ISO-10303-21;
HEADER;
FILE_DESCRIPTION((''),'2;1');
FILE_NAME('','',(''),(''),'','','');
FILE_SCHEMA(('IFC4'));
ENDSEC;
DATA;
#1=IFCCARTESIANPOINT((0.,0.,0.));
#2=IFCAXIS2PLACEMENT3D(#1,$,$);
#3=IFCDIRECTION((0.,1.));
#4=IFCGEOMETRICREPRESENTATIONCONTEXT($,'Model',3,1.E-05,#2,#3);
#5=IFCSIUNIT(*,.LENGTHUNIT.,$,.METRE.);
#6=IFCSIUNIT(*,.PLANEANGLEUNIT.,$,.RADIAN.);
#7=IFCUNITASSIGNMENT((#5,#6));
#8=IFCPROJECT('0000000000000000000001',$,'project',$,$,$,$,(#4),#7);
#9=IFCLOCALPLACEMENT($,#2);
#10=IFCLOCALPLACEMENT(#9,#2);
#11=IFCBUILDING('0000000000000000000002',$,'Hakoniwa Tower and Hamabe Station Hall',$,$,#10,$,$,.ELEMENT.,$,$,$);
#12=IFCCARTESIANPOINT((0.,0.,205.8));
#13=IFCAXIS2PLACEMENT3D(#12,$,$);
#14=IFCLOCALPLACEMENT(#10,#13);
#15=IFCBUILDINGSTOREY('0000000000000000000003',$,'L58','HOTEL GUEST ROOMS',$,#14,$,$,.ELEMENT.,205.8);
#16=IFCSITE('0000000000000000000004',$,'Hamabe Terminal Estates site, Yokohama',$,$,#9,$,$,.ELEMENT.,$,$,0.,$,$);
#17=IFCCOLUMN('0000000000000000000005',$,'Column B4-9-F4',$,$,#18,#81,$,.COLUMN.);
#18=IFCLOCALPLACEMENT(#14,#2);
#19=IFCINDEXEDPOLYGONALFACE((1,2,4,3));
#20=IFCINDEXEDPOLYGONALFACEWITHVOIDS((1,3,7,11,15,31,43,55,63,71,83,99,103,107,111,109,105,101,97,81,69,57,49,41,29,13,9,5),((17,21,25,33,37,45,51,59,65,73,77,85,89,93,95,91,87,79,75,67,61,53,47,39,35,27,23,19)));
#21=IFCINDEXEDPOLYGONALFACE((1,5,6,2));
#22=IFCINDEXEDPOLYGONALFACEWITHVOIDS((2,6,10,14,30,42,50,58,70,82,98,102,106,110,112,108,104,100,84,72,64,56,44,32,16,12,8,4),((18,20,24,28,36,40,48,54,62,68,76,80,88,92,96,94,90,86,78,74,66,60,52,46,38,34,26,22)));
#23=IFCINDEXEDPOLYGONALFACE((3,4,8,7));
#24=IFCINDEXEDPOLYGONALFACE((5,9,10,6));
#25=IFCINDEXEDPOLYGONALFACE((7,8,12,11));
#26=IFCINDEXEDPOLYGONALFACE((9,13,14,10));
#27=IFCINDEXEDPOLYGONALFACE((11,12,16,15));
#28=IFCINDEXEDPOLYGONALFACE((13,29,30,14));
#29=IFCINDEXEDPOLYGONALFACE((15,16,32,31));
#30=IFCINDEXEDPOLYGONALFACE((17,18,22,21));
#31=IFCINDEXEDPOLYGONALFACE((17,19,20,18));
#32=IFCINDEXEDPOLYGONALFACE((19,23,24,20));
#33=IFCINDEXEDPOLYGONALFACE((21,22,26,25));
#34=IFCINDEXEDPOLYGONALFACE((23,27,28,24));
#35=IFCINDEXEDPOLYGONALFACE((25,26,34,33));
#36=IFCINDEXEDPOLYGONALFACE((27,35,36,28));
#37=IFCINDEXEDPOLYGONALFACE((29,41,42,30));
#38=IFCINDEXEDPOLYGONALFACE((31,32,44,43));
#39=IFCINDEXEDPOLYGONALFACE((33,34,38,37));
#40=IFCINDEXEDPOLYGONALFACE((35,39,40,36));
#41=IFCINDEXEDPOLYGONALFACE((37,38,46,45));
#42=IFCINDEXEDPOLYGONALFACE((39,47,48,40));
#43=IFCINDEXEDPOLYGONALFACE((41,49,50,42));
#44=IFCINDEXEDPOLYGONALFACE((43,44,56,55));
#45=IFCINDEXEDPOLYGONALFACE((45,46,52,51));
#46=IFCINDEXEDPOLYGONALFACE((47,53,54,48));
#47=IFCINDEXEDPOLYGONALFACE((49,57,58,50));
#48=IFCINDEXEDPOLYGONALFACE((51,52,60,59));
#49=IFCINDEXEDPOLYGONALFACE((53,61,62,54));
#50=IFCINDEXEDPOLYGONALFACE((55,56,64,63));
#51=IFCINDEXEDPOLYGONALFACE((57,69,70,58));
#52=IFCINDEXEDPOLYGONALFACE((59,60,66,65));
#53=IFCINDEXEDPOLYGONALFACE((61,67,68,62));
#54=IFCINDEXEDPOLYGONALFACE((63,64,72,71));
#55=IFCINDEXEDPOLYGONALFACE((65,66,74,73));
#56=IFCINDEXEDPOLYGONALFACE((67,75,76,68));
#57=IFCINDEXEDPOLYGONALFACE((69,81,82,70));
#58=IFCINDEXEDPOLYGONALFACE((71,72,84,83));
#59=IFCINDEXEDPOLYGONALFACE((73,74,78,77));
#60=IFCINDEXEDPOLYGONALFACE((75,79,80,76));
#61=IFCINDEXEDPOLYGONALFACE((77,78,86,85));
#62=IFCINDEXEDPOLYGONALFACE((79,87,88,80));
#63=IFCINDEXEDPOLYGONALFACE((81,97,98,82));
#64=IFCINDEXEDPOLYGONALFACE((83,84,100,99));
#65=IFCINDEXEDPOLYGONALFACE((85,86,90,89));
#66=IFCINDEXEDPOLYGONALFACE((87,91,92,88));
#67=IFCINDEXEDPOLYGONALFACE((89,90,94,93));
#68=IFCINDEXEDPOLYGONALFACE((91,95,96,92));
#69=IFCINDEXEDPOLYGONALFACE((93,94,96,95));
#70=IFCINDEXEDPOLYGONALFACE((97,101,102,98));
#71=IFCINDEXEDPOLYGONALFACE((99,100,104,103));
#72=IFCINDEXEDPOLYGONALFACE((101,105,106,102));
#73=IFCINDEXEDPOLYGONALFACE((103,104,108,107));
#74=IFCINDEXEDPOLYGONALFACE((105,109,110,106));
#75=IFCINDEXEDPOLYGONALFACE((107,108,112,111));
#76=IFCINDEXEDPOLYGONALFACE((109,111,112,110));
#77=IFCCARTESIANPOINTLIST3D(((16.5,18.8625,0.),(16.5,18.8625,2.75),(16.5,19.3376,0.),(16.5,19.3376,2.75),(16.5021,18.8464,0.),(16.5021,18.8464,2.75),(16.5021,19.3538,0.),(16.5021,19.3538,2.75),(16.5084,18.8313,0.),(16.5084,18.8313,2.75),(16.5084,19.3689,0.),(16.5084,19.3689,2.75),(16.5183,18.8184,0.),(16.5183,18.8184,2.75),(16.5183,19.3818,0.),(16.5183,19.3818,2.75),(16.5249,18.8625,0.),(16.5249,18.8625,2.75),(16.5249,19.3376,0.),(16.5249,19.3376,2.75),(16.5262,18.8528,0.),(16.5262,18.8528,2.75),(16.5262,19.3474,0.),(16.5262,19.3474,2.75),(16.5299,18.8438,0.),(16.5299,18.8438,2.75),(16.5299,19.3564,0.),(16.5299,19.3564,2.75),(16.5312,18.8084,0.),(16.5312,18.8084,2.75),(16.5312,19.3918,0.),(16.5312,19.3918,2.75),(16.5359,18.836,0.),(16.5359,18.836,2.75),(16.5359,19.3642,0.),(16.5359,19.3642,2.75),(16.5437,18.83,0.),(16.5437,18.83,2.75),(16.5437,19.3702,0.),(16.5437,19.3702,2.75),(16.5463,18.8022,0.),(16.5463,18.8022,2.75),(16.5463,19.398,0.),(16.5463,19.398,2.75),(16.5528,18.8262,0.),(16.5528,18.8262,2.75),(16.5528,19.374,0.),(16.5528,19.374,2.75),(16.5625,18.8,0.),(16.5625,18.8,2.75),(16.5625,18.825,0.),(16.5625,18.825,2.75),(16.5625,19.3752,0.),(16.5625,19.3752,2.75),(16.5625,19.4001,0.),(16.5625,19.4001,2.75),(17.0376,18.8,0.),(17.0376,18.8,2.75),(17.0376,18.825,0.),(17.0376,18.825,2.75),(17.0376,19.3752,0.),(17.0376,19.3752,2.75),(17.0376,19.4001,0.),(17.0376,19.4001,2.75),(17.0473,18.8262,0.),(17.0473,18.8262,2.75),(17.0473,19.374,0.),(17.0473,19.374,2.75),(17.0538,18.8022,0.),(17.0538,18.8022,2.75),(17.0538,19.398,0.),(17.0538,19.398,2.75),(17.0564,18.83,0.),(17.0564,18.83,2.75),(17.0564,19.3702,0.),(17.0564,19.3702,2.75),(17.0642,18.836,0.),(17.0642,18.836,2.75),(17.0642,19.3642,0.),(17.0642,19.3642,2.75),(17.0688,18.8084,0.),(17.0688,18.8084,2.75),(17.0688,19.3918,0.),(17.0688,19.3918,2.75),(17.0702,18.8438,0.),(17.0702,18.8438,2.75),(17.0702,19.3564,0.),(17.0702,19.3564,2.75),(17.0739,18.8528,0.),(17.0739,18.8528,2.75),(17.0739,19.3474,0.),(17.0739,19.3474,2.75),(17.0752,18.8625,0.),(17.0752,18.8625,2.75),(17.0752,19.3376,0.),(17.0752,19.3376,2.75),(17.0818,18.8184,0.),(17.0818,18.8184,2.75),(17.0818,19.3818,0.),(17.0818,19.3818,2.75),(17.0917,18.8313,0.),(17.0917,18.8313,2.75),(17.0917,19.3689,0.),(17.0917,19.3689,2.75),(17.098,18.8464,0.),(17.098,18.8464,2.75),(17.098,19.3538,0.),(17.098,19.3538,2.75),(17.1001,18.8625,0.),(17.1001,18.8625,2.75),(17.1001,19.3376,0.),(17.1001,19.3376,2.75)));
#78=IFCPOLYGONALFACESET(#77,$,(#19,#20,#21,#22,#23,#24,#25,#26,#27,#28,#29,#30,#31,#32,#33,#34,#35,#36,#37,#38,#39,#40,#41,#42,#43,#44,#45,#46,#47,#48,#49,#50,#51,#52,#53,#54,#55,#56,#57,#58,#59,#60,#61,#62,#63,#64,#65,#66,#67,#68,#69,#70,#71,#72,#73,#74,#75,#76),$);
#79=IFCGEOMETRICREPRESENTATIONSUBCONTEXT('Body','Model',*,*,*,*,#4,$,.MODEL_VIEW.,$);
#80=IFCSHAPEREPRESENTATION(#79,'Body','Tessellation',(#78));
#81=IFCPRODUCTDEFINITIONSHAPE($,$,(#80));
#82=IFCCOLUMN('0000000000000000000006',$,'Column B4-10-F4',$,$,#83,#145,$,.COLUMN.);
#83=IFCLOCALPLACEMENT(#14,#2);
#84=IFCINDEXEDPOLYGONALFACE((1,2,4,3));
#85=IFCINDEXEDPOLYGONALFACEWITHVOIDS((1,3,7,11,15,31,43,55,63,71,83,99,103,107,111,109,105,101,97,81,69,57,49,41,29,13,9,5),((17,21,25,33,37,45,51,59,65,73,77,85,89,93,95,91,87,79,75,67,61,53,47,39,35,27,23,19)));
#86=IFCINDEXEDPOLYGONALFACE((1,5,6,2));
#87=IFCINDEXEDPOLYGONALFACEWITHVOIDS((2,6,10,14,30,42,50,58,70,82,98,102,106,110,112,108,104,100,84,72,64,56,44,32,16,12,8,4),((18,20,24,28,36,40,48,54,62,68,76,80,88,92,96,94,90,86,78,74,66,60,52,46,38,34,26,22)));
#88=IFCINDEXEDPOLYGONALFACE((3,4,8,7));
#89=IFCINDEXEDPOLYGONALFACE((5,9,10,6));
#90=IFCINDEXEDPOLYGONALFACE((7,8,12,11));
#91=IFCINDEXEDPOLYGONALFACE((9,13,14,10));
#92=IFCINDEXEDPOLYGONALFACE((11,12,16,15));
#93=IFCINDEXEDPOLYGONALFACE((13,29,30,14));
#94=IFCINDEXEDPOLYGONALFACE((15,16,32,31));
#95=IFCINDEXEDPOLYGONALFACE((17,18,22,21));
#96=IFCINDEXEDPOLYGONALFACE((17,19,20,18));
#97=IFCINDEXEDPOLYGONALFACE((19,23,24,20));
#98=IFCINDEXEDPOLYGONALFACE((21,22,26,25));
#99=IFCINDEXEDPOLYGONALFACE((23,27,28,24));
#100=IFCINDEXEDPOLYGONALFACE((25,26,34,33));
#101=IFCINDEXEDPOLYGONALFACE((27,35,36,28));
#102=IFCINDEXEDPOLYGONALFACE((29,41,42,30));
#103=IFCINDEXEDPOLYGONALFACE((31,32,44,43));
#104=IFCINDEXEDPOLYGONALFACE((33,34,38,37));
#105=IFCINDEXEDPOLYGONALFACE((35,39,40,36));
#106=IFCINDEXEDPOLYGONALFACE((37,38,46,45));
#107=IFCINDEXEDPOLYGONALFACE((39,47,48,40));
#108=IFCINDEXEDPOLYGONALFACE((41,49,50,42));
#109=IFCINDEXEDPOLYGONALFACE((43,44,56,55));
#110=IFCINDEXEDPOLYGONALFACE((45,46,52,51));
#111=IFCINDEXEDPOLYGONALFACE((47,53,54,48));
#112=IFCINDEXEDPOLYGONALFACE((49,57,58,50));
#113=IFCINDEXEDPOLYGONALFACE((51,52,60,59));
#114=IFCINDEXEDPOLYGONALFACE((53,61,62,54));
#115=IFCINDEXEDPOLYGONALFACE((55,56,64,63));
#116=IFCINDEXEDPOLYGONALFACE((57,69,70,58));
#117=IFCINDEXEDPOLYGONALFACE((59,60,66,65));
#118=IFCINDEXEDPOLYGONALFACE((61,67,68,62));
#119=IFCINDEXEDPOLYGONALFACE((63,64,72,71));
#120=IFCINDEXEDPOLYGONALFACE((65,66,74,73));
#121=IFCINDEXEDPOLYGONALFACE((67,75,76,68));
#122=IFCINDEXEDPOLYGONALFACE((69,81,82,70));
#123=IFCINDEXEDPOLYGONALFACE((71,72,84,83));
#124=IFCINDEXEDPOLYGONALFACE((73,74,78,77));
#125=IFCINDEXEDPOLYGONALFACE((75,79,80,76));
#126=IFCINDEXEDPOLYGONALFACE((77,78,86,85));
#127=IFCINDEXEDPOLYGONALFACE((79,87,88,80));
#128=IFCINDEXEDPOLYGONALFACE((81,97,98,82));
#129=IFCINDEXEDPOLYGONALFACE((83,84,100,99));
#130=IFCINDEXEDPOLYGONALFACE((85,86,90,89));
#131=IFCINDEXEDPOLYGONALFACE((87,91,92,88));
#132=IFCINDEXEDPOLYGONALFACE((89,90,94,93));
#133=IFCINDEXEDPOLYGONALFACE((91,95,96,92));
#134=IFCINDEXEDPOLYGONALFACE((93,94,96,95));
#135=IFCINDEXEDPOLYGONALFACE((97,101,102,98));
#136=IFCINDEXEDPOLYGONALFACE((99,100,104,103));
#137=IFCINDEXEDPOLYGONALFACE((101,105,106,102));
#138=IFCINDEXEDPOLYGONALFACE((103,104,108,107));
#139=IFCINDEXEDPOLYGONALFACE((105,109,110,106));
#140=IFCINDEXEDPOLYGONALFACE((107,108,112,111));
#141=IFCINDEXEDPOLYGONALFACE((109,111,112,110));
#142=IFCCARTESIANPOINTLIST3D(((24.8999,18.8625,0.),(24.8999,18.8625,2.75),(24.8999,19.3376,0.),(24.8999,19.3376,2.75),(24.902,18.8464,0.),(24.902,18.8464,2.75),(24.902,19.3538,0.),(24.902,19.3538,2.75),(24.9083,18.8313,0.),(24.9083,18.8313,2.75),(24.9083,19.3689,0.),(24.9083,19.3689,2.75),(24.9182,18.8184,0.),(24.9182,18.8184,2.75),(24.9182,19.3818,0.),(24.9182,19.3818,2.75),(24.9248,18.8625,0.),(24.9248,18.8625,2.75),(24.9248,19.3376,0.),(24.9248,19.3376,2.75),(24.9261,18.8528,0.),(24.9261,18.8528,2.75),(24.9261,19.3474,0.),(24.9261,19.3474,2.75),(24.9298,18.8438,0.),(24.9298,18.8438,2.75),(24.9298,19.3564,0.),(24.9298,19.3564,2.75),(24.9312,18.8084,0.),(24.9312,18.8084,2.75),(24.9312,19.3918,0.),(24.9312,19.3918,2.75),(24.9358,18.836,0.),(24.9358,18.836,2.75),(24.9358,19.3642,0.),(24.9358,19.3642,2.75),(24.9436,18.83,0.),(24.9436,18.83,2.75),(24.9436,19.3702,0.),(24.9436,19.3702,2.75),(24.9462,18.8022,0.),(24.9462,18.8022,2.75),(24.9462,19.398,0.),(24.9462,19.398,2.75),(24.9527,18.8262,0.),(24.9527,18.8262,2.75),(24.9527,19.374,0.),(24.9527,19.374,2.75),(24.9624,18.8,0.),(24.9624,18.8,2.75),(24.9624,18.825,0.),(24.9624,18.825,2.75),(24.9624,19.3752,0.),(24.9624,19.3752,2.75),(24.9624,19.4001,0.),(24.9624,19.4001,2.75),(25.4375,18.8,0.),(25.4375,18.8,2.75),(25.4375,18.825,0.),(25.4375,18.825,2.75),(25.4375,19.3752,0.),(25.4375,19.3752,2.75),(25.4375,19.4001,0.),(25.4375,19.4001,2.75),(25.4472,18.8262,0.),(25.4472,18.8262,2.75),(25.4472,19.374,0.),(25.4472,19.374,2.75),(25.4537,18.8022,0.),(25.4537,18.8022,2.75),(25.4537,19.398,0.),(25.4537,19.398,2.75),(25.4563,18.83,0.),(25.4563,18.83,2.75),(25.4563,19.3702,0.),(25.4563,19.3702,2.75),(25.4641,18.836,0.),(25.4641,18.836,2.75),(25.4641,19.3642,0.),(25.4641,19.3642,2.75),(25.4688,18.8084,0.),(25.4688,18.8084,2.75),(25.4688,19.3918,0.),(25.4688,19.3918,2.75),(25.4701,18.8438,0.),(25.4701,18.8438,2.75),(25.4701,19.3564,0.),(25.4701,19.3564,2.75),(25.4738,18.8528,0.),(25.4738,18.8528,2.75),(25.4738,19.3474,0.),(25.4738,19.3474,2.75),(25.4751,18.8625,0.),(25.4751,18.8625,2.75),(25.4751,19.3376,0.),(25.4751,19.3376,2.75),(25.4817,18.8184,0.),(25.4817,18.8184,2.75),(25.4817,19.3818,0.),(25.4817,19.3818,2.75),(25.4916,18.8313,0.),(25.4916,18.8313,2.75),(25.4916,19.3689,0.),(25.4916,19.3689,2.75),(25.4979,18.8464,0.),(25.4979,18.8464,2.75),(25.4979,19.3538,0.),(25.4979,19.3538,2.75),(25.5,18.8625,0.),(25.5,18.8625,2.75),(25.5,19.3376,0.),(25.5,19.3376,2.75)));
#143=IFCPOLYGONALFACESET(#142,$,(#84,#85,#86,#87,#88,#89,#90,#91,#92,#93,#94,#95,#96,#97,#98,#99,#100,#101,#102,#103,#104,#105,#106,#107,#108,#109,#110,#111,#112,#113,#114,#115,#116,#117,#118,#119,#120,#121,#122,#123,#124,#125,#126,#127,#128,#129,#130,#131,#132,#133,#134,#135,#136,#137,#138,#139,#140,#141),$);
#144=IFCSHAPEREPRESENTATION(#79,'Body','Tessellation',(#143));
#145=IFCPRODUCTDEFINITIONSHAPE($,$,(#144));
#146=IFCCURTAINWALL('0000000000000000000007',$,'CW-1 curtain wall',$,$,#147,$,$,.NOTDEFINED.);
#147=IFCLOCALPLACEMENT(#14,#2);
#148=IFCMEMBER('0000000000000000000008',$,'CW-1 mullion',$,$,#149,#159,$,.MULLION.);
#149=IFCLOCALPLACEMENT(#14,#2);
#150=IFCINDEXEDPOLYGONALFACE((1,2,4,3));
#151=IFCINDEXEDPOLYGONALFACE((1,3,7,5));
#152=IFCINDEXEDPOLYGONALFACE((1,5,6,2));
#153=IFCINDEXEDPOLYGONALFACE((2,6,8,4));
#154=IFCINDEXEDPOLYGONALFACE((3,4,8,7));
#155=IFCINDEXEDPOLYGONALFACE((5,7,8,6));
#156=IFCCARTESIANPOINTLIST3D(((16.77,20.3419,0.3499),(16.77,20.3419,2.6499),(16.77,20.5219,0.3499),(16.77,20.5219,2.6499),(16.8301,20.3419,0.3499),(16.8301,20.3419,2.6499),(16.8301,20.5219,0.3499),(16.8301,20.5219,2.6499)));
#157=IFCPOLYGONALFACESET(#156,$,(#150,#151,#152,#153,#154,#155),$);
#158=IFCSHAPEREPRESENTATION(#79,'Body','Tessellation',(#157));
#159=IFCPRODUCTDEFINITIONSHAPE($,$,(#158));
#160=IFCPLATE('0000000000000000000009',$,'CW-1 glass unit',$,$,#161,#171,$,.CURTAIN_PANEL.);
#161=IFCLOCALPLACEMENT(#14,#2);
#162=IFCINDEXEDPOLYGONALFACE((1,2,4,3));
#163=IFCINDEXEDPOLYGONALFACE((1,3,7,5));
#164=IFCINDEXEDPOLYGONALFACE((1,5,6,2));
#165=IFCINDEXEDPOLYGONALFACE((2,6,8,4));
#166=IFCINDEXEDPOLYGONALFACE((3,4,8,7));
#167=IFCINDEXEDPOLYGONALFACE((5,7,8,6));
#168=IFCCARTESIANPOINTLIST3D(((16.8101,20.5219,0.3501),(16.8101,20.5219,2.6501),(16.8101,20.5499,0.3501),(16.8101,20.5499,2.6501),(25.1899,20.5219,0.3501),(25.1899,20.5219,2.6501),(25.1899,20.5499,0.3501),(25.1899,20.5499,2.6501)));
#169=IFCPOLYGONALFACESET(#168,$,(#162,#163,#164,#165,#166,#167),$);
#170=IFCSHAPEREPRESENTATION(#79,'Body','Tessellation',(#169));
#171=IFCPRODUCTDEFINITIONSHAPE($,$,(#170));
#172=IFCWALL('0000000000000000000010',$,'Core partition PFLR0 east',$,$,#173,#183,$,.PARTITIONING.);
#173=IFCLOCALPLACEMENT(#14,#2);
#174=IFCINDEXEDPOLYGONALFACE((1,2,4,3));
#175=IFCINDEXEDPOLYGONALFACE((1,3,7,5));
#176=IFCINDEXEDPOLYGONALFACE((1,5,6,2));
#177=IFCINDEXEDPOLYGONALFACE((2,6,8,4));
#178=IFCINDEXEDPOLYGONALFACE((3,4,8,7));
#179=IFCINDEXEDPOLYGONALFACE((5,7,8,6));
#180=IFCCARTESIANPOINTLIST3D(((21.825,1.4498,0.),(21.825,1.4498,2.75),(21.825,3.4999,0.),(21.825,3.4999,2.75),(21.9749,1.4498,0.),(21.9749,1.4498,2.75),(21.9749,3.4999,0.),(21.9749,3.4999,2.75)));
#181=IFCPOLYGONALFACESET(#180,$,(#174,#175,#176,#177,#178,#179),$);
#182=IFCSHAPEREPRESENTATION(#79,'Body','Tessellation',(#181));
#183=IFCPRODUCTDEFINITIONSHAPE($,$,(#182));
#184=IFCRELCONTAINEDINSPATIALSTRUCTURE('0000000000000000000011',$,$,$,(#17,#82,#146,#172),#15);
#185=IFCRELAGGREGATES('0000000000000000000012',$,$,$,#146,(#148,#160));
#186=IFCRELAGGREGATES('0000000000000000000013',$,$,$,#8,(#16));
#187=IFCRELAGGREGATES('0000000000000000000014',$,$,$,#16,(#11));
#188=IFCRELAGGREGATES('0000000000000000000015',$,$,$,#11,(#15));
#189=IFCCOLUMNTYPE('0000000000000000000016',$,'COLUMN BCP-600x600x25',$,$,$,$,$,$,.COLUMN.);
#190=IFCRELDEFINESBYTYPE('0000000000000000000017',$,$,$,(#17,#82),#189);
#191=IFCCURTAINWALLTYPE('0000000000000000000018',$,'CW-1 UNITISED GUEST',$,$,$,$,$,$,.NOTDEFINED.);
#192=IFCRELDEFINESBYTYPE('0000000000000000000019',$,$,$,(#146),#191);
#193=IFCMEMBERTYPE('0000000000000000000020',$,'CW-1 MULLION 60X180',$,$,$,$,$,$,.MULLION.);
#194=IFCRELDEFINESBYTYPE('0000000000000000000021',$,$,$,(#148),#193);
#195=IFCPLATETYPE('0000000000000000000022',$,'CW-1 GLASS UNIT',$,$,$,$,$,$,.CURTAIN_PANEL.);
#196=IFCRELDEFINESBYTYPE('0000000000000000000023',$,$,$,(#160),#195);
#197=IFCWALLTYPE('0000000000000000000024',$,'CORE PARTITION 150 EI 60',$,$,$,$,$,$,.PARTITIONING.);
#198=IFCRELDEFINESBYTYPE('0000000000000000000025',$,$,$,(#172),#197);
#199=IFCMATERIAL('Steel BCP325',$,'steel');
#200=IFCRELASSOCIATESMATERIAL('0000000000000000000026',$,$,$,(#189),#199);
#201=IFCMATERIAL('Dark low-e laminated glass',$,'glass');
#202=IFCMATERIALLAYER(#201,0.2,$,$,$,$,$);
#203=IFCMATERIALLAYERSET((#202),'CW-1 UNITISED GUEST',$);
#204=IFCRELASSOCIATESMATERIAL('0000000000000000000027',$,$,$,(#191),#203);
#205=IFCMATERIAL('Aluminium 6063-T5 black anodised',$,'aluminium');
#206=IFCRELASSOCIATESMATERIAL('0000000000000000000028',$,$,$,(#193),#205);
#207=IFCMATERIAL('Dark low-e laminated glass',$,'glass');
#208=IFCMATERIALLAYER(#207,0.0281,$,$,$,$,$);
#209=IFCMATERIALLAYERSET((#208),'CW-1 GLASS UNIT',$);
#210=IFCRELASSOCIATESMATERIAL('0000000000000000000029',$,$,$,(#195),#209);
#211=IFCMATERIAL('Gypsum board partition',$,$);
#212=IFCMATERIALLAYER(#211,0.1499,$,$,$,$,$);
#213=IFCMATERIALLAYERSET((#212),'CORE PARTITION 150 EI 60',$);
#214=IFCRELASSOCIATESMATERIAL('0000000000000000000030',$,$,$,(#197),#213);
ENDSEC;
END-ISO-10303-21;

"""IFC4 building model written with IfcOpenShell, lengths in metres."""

from ifc_helpers import new_model, si_unit, direction, frame, frame_2d, origin, origin_2d, place, context, subcontext, project, spatial, rectangle, hollow_rectangle, extrude, material, layer, layer_set, material_profile, profile_set, type_object, element, aggregate, save


model = new_model("IFC4")

# Units and contexts
model_context = context("Model", 3, precision=1e-05, world=origin(), true_north=direction((0.0, 1.0)))
body_context = subcontext(model_context, "Body", "Model", "MODEL_VIEW")
ifc_project = project(units=[si_unit("LENGTHUNIT", "METRE"), si_unit("PLANEANGLEUNIT", "RADIAN")], contexts=[model_context])

# Site, building, storey
site_placement = place(None, origin())
site = spatial("IfcSite", under=ifc_project, at=site_placement, Name="Hamabe Terminal Estates site, Yokohama", CompositionType="ELEMENT", RefElevation=0.0)
building_placement = place(site_placement, origin())
building = spatial("IfcBuilding", under=site, at=building_placement, Name="Hakoniwa Tower and Hamabe Station Hall", CompositionType="ELEMENT")
storey_placement = place(building_placement, frame((0.0, 0.0, 205.8)))
storey = spatial("IfcBuildingStorey", under=building, at=storey_placement, Name="L58", Description="HOTEL GUEST ROOMS", CompositionType="ELEMENT", Elevation=205.8)

# Columns
ifc_material_1 = material(Name="Steel BCP325", Category="steel")
ifc_material_profile_1 = material_profile(ifc_material_1, hollow_rectangle(XDim=0.6001, YDim=0.6001, WallThickness=0.0249, InnerFilletRadius=0.0376, OuterFilletRadius=0.0625, at=origin_2d()), Name="BCP-600x600x25")
ifc_profile_set_1 = profile_set([ifc_material_profile_1], Name="Steel BCP325")
column_type = type_object("IfcColumnType", Name="COLUMN BCP-600x600x25", PredefinedType="COLUMN", material=ifc_profile_set_1)
for number, where, z_axis, x_axis, name in (
    (1, (16.8, 19.1001, 0.0), (0.0, 0.0, 1.0), (1.0, 0.0, 0.0), "Column B4-9-F4"),
    (2, (25.2, 19.1001, 0.0), (0.0, 0.0, 1.0), (1.0, 0.0, 0.0), "Column B4-10-F4"),
):
    element("IfcColumn", number, at=place(storey_placement, frame(where, z_axis=z_axis, x_axis=x_axis)), inside=storey, type_object=column_type, Name=name, PredefinedType="COLUMN", context=body_context, shape_type="SweptSolid", body=[
        extrude(hollow_rectangle(XDim=0.6001, YDim=0.6001, WallThickness=0.0249, InnerFilletRadius=0.0376, OuterFilletRadius=0.0625, at=origin_2d()), origin(), (0.0, 0.0, 1.0), 2.75),
    ])

# Curtain wall, member, plate
ifc_material_2 = material(Name="Dark low-e laminated glass", Category="glass")
ifc_layer_1 = layer(ifc_material_2, 0.2)
ifc_layer_set_1 = layer_set([ifc_layer_1], Name="CW-1 UNITISED GUEST")
curtain_wall_type = type_object("IfcCurtainWallType", Name="CW-1 UNITISED GUEST", PredefinedType="NOTDEFINED", material=ifc_layer_set_1)
curtain_wall_placement = place(storey_placement, origin())
curtain_wall = element("IfcCurtainWall", 3, at=curtain_wall_placement, inside=storey, type_object=curtain_wall_type, Name="CW-1 curtain wall", PredefinedType="NOTDEFINED")
ifc_material_3 = material(Name="Aluminium 6063-T5 black anodised", Category="aluminium")
ifc_material_profile_2 = material_profile(ifc_material_3, rectangle(XDim=0.0601, YDim=0.1799, at=origin_2d()), Name="CW-1 MULLION 60X180")
ifc_profile_set_2 = profile_set([ifc_material_profile_2], Name="Aluminium 6063-T5 black anodised")
member_type = type_object("IfcMemberType", Name="CW-1 MULLION 60X180", PredefinedType="MULLION", material=ifc_profile_set_2)
member_placement = place(storey_placement, frame((16.8, 20.4319, 0.3499), z_axis=(0.0, 0.0, 1.0), x_axis=(-1.0, 0.0, 0.0)))
member = element("IfcMember", 4, at=member_placement, type_object=member_type, Name="CW-1 mullion", PredefinedType="MULLION", context=body_context, shape_type="SweptSolid", body=[
    extrude(rectangle(XDim=0.0601, YDim=0.1799, at=origin_2d()), origin(), (0.0, 0.0, 1.0), 2.3),
])
ifc_material_4 = material(Name="Dark low-e laminated glass", Category="glass")
ifc_layer_2 = layer(ifc_material_4, 0.0281)
ifc_layer_set_2 = layer_set([ifc_layer_2], Name="CW-1 GLASS UNIT")
plate_type = type_object("IfcPlateType", Name="CW-1 GLASS UNIT", PredefinedType="CURTAIN_PANEL", material=ifc_layer_set_2)
plate_placement = place(storey_placement, frame((21.0, 20.5359, 0.3501), z_axis=(0.0, 0.0, 1.0), x_axis=(-1.0, 0.0, 0.0)))
plate = element("IfcPlate", 5, at=plate_placement, type_object=plate_type, Name="CW-1 glass unit", PredefinedType="CURTAIN_PANEL", context=body_context, shape_type="SweptSolid", body=[
    extrude(rectangle(XDim=8.3799, YDim=0.0281, at=origin_2d()), origin(), (0.0, 0.0, 1.0), 2.3),
])
aggregate(curtain_wall, [member, plate])

# Wall
ifc_material_5 = material(Name="Gypsum board partition")
ifc_layer_3 = layer(ifc_material_5, 0.1499)
ifc_layer_set_3 = layer_set([ifc_layer_3], Name="CORE PARTITION 150 EI 60")
wall_type_1 = type_object("IfcWallType", Name="CORE PARTITION 150 EI 60", PredefinedType="PARTITIONING", material=ifc_layer_set_3)
wall_1_placement = place(storey_placement, frame((21.8999, 1.45, 0.0), z_axis=(0.0, 0.0, 1.0), x_axis=(0.0, 1.0, 0.0)))
element("IfcWall", 6, at=wall_1_placement, inside=storey, type_object=wall_type_1, Name="Core partition PFLR0 east", PredefinedType="PARTITIONING", context=body_context, shape_type="SweptSolid", body=[
    extrude(rectangle(XDim=2.05, YDim=0.1499, at=frame_2d((1.0249, 0.0))), origin(), (0.0, 0.0, 1.0), 2.75),
])

save(model, "model.ifc")
